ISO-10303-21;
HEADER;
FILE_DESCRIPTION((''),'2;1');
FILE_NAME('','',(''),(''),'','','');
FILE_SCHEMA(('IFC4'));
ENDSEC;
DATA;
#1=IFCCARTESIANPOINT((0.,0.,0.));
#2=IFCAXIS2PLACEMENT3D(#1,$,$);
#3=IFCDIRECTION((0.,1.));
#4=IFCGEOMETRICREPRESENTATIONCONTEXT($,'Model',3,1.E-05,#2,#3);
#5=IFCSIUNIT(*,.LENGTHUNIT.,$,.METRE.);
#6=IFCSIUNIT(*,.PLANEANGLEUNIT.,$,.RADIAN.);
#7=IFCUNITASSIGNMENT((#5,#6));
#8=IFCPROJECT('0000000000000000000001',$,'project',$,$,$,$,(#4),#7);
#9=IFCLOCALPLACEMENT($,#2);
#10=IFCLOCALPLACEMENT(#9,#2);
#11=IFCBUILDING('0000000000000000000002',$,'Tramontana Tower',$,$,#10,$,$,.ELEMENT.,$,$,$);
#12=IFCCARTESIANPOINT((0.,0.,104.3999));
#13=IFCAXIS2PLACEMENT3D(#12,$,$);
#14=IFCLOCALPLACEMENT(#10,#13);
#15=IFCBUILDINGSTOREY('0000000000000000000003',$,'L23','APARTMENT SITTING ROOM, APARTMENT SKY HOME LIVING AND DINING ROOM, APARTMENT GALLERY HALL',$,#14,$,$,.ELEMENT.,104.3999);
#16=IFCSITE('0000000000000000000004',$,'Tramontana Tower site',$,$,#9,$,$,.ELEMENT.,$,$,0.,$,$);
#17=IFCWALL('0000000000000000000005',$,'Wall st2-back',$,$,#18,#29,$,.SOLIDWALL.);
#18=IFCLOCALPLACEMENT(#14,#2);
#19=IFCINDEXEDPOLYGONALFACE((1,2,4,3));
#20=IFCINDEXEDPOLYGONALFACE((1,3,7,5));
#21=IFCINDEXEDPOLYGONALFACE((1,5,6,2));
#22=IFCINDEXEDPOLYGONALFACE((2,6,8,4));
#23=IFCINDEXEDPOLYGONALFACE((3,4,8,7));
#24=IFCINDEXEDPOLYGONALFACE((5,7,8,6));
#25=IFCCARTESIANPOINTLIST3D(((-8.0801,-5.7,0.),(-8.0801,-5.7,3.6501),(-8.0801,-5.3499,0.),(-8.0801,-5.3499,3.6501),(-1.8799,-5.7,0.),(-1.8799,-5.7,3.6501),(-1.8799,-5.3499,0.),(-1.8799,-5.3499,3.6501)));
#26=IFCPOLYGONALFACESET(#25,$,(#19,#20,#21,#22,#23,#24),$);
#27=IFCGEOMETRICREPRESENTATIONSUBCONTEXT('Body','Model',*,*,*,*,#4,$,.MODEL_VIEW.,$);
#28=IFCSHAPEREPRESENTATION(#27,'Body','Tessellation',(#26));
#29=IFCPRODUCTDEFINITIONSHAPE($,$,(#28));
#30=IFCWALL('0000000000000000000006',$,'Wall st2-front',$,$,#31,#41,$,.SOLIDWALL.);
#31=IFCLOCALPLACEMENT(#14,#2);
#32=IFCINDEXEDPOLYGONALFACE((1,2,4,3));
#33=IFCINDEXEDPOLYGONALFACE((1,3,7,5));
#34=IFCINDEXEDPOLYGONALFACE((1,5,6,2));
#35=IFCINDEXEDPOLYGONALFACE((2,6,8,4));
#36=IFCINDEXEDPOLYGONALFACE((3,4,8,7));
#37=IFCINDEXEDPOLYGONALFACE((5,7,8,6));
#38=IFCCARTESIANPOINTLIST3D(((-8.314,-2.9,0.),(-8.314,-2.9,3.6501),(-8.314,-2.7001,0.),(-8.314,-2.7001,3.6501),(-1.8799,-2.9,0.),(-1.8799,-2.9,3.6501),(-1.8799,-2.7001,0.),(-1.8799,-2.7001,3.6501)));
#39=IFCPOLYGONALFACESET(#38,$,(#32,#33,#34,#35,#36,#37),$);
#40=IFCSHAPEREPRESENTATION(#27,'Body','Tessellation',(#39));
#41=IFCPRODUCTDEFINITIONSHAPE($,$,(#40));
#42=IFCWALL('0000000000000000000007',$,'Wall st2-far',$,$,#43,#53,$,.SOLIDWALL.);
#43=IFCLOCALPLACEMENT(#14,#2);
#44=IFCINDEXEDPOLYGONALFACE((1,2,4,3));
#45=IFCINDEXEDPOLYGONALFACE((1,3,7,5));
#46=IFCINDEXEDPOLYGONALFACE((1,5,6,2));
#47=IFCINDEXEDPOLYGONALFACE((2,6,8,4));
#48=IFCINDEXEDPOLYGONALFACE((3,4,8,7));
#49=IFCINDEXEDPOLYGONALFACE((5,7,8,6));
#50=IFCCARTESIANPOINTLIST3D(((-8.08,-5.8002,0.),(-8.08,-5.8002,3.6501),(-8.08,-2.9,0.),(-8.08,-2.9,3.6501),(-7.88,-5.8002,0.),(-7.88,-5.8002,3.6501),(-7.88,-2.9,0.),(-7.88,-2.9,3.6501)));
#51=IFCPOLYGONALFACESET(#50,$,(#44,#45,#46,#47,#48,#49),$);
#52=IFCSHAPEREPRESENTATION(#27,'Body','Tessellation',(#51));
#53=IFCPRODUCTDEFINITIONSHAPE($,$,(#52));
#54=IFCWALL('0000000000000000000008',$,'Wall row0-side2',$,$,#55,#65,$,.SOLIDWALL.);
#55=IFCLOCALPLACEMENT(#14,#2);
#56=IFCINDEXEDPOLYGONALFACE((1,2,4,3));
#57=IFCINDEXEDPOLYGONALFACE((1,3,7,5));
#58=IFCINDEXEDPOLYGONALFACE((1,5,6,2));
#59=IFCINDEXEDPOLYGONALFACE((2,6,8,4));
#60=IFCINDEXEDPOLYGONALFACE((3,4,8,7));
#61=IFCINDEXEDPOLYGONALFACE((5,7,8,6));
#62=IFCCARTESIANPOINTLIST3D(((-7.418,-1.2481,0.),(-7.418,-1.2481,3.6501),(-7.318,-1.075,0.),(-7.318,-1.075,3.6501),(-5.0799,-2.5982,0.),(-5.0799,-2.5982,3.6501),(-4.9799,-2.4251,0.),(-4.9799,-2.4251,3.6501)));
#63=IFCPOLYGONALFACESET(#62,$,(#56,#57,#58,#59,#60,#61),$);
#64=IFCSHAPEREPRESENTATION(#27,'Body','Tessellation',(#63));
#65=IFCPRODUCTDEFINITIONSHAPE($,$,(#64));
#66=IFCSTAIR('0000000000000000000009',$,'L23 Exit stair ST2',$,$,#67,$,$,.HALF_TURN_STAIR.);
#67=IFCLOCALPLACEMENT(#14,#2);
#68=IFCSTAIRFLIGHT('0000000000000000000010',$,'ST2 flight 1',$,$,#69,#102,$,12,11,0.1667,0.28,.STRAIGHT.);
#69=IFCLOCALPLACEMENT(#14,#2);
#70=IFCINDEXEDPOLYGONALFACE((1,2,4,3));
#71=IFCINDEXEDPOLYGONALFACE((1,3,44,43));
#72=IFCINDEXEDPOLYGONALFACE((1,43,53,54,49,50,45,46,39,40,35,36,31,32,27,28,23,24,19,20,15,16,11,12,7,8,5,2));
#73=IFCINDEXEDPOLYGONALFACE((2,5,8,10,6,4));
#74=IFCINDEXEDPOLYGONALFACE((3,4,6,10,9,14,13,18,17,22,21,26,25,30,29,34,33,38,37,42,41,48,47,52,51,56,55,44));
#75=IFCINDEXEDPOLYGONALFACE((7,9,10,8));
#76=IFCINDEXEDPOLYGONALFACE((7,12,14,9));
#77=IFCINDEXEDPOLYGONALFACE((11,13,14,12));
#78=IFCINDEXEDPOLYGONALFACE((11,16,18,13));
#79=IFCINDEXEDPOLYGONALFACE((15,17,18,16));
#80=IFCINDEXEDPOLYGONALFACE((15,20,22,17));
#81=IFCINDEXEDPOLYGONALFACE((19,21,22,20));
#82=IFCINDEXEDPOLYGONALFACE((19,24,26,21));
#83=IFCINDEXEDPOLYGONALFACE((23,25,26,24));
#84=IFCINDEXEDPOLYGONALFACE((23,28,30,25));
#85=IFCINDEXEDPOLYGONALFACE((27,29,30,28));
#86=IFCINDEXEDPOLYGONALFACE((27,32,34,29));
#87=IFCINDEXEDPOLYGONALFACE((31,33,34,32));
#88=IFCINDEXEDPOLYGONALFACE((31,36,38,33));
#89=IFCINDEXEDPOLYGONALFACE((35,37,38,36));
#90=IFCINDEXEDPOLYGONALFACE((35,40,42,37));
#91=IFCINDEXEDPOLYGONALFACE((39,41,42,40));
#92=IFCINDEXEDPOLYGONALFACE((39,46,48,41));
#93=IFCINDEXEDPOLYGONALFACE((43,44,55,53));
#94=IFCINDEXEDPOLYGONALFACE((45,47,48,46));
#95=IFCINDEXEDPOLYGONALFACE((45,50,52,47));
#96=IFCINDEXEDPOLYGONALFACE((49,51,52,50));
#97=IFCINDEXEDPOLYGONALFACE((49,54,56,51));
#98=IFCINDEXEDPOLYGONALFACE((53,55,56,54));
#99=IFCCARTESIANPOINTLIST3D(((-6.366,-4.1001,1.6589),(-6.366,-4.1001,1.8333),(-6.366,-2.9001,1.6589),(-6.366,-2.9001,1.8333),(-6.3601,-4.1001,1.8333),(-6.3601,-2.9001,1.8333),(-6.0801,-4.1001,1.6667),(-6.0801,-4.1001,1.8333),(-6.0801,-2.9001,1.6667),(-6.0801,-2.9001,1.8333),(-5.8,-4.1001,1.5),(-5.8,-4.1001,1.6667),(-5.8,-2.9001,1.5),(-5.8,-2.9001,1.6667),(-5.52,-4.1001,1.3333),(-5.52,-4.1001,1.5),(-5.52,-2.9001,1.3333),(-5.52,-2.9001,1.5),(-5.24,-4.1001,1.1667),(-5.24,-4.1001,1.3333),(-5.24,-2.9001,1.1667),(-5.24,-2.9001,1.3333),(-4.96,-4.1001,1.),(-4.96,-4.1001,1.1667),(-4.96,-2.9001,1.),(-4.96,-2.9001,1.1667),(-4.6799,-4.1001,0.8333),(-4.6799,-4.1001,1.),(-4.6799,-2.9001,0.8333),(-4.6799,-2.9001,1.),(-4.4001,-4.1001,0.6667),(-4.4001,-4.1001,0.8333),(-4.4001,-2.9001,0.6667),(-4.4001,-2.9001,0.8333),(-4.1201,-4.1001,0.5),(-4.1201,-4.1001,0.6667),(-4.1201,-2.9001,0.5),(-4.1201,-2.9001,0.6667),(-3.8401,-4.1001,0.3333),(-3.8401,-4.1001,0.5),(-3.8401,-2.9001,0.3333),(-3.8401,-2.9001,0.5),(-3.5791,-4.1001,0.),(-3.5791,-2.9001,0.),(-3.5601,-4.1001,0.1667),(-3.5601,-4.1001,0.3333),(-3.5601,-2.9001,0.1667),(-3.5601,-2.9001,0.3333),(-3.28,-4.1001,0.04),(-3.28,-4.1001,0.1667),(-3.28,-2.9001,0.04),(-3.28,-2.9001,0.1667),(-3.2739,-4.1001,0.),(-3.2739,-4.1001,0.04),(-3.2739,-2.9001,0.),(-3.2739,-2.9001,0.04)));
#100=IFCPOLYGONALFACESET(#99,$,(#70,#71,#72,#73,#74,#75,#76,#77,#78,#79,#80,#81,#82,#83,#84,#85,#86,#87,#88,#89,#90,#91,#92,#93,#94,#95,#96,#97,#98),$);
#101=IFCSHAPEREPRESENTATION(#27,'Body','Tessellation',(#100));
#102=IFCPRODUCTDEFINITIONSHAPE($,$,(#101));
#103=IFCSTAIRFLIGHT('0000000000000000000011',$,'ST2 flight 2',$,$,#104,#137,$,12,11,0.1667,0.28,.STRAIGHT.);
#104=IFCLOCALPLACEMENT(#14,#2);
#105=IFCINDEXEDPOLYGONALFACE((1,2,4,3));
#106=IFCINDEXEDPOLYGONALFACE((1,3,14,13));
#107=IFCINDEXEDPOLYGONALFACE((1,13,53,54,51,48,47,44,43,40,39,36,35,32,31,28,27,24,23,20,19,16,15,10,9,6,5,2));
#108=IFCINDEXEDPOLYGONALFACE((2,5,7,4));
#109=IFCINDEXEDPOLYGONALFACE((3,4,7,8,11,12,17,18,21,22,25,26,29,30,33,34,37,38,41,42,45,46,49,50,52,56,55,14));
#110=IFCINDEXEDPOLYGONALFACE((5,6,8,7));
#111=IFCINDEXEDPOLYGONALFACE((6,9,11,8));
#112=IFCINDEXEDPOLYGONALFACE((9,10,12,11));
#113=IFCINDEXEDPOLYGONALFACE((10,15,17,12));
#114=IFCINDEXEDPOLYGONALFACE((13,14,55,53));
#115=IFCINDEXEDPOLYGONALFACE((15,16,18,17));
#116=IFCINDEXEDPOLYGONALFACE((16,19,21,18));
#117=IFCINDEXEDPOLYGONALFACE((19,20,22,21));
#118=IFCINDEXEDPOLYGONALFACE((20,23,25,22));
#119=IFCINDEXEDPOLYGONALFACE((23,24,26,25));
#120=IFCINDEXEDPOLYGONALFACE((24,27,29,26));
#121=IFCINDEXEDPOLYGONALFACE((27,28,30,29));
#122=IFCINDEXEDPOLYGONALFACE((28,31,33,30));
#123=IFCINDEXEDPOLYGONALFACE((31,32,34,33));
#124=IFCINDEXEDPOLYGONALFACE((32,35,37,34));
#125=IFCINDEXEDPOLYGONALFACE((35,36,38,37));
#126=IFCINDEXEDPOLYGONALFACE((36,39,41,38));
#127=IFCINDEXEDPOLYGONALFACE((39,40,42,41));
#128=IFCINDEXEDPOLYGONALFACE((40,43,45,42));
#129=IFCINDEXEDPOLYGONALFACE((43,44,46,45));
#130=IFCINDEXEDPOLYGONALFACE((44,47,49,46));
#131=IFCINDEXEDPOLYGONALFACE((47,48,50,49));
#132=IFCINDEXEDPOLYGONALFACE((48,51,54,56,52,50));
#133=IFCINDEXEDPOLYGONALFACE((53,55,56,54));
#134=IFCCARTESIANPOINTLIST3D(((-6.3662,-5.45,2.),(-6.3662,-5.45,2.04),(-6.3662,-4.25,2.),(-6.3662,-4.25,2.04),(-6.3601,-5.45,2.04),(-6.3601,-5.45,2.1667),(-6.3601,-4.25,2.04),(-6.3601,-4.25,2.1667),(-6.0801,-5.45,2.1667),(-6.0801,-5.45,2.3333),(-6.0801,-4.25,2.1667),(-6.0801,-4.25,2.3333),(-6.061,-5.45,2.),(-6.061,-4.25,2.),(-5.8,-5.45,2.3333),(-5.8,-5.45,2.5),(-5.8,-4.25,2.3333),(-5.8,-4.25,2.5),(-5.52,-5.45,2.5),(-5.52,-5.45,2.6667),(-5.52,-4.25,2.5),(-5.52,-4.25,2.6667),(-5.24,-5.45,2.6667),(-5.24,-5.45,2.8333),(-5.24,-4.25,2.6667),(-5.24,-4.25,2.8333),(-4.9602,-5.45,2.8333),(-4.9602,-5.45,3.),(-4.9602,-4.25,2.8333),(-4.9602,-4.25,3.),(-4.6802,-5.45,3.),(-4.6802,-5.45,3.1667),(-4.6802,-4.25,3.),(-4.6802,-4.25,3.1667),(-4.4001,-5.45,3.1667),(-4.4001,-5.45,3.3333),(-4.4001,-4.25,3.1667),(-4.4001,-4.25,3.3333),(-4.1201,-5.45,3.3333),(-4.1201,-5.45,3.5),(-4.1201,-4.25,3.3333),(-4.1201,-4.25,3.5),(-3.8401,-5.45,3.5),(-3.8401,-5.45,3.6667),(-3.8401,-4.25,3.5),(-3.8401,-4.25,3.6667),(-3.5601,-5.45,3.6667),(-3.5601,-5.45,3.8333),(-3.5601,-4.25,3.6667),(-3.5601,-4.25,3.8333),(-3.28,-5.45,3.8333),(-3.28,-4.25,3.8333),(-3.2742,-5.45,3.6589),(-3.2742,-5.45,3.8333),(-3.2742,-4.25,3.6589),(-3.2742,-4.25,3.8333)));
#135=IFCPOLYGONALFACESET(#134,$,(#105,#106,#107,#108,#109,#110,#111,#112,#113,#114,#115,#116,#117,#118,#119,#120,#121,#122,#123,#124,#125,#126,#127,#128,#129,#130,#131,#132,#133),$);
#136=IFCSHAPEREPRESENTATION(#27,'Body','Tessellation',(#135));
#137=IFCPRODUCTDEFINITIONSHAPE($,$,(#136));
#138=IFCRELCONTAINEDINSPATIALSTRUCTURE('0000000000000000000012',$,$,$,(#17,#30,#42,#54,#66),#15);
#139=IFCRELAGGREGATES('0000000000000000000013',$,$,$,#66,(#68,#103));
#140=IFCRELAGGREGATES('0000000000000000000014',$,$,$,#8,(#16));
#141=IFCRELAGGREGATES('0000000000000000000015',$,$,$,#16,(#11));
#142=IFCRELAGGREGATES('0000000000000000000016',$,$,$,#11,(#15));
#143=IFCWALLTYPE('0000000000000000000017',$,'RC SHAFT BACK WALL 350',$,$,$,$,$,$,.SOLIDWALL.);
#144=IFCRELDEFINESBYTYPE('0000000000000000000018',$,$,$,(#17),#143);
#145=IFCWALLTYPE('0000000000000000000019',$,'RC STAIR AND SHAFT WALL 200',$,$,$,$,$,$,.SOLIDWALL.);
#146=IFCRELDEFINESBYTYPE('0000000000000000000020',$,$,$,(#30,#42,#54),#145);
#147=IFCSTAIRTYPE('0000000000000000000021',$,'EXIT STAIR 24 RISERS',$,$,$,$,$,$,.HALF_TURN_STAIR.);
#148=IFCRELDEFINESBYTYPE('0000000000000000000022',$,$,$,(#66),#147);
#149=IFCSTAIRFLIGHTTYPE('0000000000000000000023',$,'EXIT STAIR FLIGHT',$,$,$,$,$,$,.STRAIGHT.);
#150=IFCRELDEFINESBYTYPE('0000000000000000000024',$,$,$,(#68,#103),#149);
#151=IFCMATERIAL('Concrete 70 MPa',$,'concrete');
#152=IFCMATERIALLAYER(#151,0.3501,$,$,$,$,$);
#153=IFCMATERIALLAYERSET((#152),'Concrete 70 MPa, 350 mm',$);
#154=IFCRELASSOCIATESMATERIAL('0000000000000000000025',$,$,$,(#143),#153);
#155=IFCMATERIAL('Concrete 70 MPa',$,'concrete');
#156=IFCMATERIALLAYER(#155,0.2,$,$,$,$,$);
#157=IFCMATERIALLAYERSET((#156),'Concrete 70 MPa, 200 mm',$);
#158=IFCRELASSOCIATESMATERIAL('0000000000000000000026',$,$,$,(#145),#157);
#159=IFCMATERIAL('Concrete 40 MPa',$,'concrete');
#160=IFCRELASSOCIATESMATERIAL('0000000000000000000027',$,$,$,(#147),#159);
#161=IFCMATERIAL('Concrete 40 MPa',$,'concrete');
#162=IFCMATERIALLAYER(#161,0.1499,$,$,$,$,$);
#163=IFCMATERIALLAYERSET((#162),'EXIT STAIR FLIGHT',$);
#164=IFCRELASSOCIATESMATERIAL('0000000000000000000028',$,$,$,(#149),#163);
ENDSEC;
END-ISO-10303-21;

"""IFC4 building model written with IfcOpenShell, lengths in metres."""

from ifc_helpers import new_model, si_unit, direction, frame, frame_2d, origin, place, context, subcontext, project, spatial, polyline, rectangle, outline, extrude, material, layer, layer_set, type_object, element, aggregate, save


model = new_model("IFC4")

# Units and contexts
model_context = context("Model", 3, precision=1e-05, world=origin(), true_north=direction((0.0, 1.0)))
body_context = subcontext(model_context, "Body", "Model", "MODEL_VIEW")
ifc_project = project(units=[si_unit("LENGTHUNIT", "METRE"), si_unit("PLANEANGLEUNIT", "RADIAN")], contexts=[model_context])

# Site, building, storey
site_placement = place(None, origin())
site = spatial("IfcSite", under=ifc_project, at=site_placement, Name="Tramontana Tower site", CompositionType="ELEMENT", RefElevation=0.0)
building_placement = place(site_placement, origin())
building = spatial("IfcBuilding", under=site, at=building_placement, Name="Tramontana Tower", CompositionType="ELEMENT")
storey_placement = place(building_placement, frame((0.0, 0.0, 104.3999)))
storey = spatial("IfcBuildingStorey", under=building, at=storey_placement, Name="L23", Description="APARTMENT SITTING ROOM, APARTMENT SKY HOME LIVING AND DINING ROOM, APARTMENT GALLERY HALL", CompositionType="ELEMENT", Elevation=104.3999)

# Walls
ifc_material_1 = material(Name="Concrete 70 MPa", Category="concrete")
ifc_layer_1 = layer(ifc_material_1, 0.3501)
ifc_layer_set_1 = layer_set([ifc_layer_1], Name="Concrete 70 MPa, 350 mm")
wall_type_1 = type_object("IfcWallType", Name="RC SHAFT BACK WALL 350", PredefinedType="SOLIDWALL", material=ifc_layer_set_1)
wall_1_placement = place(storey_placement, frame((-8.0801, -5.5249, 0.0), z_axis=(0.0, 0.0, 1.0), x_axis=(1.0, 0.0, 0.0)))
element("IfcWall", 1, at=wall_1_placement, inside=storey, type_object=wall_type_1, Name="Wall st2-back", PredefinedType="SOLIDWALL", context=body_context, shape_type="SweptSolid", body=[
    extrude(rectangle(XDim=6.2002, YDim=0.3501, at=frame_2d((3.1001, 0.0))), origin(), (0.0, 0.0, 1.0), 3.6501),
])
ifc_material_2 = material(Name="Concrete 70 MPa", Category="concrete")
ifc_layer_2 = layer(ifc_material_2, 0.2)
ifc_layer_set_2 = layer_set([ifc_layer_2], Name="Concrete 70 MPa, 200 mm")
wall_type_2 = type_object("IfcWallType", Name="RC STAIR AND SHAFT WALL 200", PredefinedType="SOLIDWALL", material=ifc_layer_set_2)
wall_2_placement = place(storey_placement, frame((-8.314, -2.8, 0.0), z_axis=(0.0, 0.0, 1.0), x_axis=(1.0, 0.0, 0.0)))
element("IfcWall", 2, at=wall_2_placement, inside=storey, type_object=wall_type_2, Name="Wall st2-front", PredefinedType="SOLIDWALL", context=body_context, shape_type="SweptSolid", body=[
    extrude(rectangle(XDim=6.4341, YDim=0.2, at=frame_2d((3.217, 0.0))), origin(), (0.0, 0.0, 1.0), 3.6501),
])
wall_3_placement = place(storey_placement, frame((-7.98, -2.8999, 0.0), z_axis=(0.0, 0.0, 1.0), x_axis=(0.0, -1.0, 0.0)))
element("IfcWall", 3, at=wall_3_placement, inside=storey, type_object=wall_type_2, Name="Wall st2-far", PredefinedType="SOLIDWALL", context=body_context, shape_type="SweptSolid", body=[
    extrude(rectangle(XDim=2.9001, YDim=0.2, at=frame_2d((1.4502, 0.0))), origin(), (0.0, 0.0, 1.0), 3.6501),
])

# Wall
wall_4_placement = place(storey_placement, frame((-5.0298, -2.5117, 0.0), z_axis=(0.0, 0.0, 1.0), x_axis=(-0.865997, 0.500049, 0.0)))
element("IfcWall", 4, at=wall_4_placement, inside=storey, type_object=wall_type_2, Name="Wall row0-side2", PredefinedType="SOLIDWALL", context=body_context, shape_type="SweptSolid", body=[
    extrude(rectangle(XDim=2.7, YDim=0.2, at=frame_2d((1.3501, 0.0))), origin(), (0.0, 0.0, 1.0), 3.6501),
])

# Stair, stair flights
ifc_material_3 = material(Name="Concrete 40 MPa", Category="concrete")
stair_type = type_object("IfcStairType", Name="EXIT STAIR 24 RISERS", PredefinedType="HALF_TURN_STAIR", material=ifc_material_3)
stair_placement = place(storey_placement, origin())
stair = element("IfcStair", 5, at=stair_placement, inside=storey, type_object=stair_type, Name="L23 Exit stair ST2", PredefinedType="HALF_TURN_STAIR")
ifc_material_4 = material(Name="Concrete 40 MPa", Category="concrete")
ifc_layer_3 = layer(ifc_material_4, 0.1499)
ifc_layer_set_3 = layer_set([ifc_layer_3], Name="EXIT STAIR FLIGHT")
stair_flight_type = type_object("IfcStairFlightType", Name="EXIT STAIR FLIGHT", PredefinedType="STRAIGHT", material=ifc_layer_set_3)
stair_flight_1_placement = place(storey_placement, frame((-3.28, -3.5, 0.0), z_axis=(0.0, 0.0, 1.0), x_axis=(-1.0, 0.0, 0.0)))
stair_flight_1 = element("IfcStairFlight", 6, at=stair_flight_1_placement, type_object=stair_flight_type, Name="ST2 flight 1", NumberOfRisers=12, NumberOfTreads=11, PredefinedType="STRAIGHT", RiserHeight=0.1667, TreadLength=0.28, context=body_context, shape_type="SweptSolid", body=[
    extrude(outline(polyline([(-0.0061, 0.0), (-0.0061, 0.04), (0.0, 0.04), (0.0, 0.1667), (0.28, 0.1667), (0.28, 0.3333), (0.5601, 0.3333), (0.5601, 0.5), (0.8401, 0.5), (0.8401, 0.6667), (1.1201, 0.6667), (1.1201, 0.8333), (1.3999, 0.8333), (1.3999, 1.0), (1.6799, 1.0), (1.6799, 1.1667), (1.96, 1.1667), (1.96, 1.3333), (2.24, 1.3333), (2.24, 1.5), (2.52, 1.5), (2.52, 1.6667), (2.8, 1.6667), (2.8, 1.8333), (3.0801, 1.8333), (3.0859, 1.8333), (3.0859, 1.6589), (0.2991, 0.0), (-0.0061, 0.0)])), frame((0.0, 0.6001, 0.0), z_axis=(0.0, -1.0, 0.0), x_axis=(1.0, 0.0, 0.0)), (0.0, 0.0, 1.0), 1.2),
])
stair_flight_2_placement = place(storey_placement, frame((-6.3601, -4.8501, 2.0), z_axis=(0.0, 0.0, 1.0), x_axis=(1.0, 0.0, 0.0)))
stair_flight_2 = element("IfcStairFlight", 7, at=stair_flight_2_placement, type_object=stair_flight_type, Name="ST2 flight 2", NumberOfRisers=12, NumberOfTreads=11, PredefinedType="STRAIGHT", RiserHeight=0.1667, TreadLength=0.28, context=body_context, shape_type="SweptSolid", body=[
    extrude(outline(polyline([(-0.0061, 0.0), (-0.0061, 0.04), (0.0, 0.04), (0.0, 0.1667), (0.28, 0.1667), (0.28, 0.3333), (0.5601, 0.3333), (0.5601, 0.5), (0.8401, 0.5), (0.8401, 0.6667), (1.1201, 0.6667), (1.1201, 0.8333), (1.3999, 0.8333), (1.3999, 1.0), (1.6799, 1.0), (1.6799, 1.1667), (1.96, 1.1667), (1.96, 1.3333), (2.24, 1.3333), (2.24, 1.5), (2.52, 1.5), (2.52, 1.6667), (2.8, 1.6667), (2.8, 1.8333), (3.0801, 1.8333), (3.0859, 1.8333), (3.0859, 1.6589), (0.2991, 0.0), (-0.0061, 0.0)])), frame((0.0, 0.6001, 0.0), z_axis=(0.0, -1.0, 0.0), x_axis=(1.0, 0.0, 0.0)), (0.0, 0.0, 1.0), 1.2),
])
aggregate(stair, [stair_flight_1, stair_flight_2])

save(model, "model.ifc")
